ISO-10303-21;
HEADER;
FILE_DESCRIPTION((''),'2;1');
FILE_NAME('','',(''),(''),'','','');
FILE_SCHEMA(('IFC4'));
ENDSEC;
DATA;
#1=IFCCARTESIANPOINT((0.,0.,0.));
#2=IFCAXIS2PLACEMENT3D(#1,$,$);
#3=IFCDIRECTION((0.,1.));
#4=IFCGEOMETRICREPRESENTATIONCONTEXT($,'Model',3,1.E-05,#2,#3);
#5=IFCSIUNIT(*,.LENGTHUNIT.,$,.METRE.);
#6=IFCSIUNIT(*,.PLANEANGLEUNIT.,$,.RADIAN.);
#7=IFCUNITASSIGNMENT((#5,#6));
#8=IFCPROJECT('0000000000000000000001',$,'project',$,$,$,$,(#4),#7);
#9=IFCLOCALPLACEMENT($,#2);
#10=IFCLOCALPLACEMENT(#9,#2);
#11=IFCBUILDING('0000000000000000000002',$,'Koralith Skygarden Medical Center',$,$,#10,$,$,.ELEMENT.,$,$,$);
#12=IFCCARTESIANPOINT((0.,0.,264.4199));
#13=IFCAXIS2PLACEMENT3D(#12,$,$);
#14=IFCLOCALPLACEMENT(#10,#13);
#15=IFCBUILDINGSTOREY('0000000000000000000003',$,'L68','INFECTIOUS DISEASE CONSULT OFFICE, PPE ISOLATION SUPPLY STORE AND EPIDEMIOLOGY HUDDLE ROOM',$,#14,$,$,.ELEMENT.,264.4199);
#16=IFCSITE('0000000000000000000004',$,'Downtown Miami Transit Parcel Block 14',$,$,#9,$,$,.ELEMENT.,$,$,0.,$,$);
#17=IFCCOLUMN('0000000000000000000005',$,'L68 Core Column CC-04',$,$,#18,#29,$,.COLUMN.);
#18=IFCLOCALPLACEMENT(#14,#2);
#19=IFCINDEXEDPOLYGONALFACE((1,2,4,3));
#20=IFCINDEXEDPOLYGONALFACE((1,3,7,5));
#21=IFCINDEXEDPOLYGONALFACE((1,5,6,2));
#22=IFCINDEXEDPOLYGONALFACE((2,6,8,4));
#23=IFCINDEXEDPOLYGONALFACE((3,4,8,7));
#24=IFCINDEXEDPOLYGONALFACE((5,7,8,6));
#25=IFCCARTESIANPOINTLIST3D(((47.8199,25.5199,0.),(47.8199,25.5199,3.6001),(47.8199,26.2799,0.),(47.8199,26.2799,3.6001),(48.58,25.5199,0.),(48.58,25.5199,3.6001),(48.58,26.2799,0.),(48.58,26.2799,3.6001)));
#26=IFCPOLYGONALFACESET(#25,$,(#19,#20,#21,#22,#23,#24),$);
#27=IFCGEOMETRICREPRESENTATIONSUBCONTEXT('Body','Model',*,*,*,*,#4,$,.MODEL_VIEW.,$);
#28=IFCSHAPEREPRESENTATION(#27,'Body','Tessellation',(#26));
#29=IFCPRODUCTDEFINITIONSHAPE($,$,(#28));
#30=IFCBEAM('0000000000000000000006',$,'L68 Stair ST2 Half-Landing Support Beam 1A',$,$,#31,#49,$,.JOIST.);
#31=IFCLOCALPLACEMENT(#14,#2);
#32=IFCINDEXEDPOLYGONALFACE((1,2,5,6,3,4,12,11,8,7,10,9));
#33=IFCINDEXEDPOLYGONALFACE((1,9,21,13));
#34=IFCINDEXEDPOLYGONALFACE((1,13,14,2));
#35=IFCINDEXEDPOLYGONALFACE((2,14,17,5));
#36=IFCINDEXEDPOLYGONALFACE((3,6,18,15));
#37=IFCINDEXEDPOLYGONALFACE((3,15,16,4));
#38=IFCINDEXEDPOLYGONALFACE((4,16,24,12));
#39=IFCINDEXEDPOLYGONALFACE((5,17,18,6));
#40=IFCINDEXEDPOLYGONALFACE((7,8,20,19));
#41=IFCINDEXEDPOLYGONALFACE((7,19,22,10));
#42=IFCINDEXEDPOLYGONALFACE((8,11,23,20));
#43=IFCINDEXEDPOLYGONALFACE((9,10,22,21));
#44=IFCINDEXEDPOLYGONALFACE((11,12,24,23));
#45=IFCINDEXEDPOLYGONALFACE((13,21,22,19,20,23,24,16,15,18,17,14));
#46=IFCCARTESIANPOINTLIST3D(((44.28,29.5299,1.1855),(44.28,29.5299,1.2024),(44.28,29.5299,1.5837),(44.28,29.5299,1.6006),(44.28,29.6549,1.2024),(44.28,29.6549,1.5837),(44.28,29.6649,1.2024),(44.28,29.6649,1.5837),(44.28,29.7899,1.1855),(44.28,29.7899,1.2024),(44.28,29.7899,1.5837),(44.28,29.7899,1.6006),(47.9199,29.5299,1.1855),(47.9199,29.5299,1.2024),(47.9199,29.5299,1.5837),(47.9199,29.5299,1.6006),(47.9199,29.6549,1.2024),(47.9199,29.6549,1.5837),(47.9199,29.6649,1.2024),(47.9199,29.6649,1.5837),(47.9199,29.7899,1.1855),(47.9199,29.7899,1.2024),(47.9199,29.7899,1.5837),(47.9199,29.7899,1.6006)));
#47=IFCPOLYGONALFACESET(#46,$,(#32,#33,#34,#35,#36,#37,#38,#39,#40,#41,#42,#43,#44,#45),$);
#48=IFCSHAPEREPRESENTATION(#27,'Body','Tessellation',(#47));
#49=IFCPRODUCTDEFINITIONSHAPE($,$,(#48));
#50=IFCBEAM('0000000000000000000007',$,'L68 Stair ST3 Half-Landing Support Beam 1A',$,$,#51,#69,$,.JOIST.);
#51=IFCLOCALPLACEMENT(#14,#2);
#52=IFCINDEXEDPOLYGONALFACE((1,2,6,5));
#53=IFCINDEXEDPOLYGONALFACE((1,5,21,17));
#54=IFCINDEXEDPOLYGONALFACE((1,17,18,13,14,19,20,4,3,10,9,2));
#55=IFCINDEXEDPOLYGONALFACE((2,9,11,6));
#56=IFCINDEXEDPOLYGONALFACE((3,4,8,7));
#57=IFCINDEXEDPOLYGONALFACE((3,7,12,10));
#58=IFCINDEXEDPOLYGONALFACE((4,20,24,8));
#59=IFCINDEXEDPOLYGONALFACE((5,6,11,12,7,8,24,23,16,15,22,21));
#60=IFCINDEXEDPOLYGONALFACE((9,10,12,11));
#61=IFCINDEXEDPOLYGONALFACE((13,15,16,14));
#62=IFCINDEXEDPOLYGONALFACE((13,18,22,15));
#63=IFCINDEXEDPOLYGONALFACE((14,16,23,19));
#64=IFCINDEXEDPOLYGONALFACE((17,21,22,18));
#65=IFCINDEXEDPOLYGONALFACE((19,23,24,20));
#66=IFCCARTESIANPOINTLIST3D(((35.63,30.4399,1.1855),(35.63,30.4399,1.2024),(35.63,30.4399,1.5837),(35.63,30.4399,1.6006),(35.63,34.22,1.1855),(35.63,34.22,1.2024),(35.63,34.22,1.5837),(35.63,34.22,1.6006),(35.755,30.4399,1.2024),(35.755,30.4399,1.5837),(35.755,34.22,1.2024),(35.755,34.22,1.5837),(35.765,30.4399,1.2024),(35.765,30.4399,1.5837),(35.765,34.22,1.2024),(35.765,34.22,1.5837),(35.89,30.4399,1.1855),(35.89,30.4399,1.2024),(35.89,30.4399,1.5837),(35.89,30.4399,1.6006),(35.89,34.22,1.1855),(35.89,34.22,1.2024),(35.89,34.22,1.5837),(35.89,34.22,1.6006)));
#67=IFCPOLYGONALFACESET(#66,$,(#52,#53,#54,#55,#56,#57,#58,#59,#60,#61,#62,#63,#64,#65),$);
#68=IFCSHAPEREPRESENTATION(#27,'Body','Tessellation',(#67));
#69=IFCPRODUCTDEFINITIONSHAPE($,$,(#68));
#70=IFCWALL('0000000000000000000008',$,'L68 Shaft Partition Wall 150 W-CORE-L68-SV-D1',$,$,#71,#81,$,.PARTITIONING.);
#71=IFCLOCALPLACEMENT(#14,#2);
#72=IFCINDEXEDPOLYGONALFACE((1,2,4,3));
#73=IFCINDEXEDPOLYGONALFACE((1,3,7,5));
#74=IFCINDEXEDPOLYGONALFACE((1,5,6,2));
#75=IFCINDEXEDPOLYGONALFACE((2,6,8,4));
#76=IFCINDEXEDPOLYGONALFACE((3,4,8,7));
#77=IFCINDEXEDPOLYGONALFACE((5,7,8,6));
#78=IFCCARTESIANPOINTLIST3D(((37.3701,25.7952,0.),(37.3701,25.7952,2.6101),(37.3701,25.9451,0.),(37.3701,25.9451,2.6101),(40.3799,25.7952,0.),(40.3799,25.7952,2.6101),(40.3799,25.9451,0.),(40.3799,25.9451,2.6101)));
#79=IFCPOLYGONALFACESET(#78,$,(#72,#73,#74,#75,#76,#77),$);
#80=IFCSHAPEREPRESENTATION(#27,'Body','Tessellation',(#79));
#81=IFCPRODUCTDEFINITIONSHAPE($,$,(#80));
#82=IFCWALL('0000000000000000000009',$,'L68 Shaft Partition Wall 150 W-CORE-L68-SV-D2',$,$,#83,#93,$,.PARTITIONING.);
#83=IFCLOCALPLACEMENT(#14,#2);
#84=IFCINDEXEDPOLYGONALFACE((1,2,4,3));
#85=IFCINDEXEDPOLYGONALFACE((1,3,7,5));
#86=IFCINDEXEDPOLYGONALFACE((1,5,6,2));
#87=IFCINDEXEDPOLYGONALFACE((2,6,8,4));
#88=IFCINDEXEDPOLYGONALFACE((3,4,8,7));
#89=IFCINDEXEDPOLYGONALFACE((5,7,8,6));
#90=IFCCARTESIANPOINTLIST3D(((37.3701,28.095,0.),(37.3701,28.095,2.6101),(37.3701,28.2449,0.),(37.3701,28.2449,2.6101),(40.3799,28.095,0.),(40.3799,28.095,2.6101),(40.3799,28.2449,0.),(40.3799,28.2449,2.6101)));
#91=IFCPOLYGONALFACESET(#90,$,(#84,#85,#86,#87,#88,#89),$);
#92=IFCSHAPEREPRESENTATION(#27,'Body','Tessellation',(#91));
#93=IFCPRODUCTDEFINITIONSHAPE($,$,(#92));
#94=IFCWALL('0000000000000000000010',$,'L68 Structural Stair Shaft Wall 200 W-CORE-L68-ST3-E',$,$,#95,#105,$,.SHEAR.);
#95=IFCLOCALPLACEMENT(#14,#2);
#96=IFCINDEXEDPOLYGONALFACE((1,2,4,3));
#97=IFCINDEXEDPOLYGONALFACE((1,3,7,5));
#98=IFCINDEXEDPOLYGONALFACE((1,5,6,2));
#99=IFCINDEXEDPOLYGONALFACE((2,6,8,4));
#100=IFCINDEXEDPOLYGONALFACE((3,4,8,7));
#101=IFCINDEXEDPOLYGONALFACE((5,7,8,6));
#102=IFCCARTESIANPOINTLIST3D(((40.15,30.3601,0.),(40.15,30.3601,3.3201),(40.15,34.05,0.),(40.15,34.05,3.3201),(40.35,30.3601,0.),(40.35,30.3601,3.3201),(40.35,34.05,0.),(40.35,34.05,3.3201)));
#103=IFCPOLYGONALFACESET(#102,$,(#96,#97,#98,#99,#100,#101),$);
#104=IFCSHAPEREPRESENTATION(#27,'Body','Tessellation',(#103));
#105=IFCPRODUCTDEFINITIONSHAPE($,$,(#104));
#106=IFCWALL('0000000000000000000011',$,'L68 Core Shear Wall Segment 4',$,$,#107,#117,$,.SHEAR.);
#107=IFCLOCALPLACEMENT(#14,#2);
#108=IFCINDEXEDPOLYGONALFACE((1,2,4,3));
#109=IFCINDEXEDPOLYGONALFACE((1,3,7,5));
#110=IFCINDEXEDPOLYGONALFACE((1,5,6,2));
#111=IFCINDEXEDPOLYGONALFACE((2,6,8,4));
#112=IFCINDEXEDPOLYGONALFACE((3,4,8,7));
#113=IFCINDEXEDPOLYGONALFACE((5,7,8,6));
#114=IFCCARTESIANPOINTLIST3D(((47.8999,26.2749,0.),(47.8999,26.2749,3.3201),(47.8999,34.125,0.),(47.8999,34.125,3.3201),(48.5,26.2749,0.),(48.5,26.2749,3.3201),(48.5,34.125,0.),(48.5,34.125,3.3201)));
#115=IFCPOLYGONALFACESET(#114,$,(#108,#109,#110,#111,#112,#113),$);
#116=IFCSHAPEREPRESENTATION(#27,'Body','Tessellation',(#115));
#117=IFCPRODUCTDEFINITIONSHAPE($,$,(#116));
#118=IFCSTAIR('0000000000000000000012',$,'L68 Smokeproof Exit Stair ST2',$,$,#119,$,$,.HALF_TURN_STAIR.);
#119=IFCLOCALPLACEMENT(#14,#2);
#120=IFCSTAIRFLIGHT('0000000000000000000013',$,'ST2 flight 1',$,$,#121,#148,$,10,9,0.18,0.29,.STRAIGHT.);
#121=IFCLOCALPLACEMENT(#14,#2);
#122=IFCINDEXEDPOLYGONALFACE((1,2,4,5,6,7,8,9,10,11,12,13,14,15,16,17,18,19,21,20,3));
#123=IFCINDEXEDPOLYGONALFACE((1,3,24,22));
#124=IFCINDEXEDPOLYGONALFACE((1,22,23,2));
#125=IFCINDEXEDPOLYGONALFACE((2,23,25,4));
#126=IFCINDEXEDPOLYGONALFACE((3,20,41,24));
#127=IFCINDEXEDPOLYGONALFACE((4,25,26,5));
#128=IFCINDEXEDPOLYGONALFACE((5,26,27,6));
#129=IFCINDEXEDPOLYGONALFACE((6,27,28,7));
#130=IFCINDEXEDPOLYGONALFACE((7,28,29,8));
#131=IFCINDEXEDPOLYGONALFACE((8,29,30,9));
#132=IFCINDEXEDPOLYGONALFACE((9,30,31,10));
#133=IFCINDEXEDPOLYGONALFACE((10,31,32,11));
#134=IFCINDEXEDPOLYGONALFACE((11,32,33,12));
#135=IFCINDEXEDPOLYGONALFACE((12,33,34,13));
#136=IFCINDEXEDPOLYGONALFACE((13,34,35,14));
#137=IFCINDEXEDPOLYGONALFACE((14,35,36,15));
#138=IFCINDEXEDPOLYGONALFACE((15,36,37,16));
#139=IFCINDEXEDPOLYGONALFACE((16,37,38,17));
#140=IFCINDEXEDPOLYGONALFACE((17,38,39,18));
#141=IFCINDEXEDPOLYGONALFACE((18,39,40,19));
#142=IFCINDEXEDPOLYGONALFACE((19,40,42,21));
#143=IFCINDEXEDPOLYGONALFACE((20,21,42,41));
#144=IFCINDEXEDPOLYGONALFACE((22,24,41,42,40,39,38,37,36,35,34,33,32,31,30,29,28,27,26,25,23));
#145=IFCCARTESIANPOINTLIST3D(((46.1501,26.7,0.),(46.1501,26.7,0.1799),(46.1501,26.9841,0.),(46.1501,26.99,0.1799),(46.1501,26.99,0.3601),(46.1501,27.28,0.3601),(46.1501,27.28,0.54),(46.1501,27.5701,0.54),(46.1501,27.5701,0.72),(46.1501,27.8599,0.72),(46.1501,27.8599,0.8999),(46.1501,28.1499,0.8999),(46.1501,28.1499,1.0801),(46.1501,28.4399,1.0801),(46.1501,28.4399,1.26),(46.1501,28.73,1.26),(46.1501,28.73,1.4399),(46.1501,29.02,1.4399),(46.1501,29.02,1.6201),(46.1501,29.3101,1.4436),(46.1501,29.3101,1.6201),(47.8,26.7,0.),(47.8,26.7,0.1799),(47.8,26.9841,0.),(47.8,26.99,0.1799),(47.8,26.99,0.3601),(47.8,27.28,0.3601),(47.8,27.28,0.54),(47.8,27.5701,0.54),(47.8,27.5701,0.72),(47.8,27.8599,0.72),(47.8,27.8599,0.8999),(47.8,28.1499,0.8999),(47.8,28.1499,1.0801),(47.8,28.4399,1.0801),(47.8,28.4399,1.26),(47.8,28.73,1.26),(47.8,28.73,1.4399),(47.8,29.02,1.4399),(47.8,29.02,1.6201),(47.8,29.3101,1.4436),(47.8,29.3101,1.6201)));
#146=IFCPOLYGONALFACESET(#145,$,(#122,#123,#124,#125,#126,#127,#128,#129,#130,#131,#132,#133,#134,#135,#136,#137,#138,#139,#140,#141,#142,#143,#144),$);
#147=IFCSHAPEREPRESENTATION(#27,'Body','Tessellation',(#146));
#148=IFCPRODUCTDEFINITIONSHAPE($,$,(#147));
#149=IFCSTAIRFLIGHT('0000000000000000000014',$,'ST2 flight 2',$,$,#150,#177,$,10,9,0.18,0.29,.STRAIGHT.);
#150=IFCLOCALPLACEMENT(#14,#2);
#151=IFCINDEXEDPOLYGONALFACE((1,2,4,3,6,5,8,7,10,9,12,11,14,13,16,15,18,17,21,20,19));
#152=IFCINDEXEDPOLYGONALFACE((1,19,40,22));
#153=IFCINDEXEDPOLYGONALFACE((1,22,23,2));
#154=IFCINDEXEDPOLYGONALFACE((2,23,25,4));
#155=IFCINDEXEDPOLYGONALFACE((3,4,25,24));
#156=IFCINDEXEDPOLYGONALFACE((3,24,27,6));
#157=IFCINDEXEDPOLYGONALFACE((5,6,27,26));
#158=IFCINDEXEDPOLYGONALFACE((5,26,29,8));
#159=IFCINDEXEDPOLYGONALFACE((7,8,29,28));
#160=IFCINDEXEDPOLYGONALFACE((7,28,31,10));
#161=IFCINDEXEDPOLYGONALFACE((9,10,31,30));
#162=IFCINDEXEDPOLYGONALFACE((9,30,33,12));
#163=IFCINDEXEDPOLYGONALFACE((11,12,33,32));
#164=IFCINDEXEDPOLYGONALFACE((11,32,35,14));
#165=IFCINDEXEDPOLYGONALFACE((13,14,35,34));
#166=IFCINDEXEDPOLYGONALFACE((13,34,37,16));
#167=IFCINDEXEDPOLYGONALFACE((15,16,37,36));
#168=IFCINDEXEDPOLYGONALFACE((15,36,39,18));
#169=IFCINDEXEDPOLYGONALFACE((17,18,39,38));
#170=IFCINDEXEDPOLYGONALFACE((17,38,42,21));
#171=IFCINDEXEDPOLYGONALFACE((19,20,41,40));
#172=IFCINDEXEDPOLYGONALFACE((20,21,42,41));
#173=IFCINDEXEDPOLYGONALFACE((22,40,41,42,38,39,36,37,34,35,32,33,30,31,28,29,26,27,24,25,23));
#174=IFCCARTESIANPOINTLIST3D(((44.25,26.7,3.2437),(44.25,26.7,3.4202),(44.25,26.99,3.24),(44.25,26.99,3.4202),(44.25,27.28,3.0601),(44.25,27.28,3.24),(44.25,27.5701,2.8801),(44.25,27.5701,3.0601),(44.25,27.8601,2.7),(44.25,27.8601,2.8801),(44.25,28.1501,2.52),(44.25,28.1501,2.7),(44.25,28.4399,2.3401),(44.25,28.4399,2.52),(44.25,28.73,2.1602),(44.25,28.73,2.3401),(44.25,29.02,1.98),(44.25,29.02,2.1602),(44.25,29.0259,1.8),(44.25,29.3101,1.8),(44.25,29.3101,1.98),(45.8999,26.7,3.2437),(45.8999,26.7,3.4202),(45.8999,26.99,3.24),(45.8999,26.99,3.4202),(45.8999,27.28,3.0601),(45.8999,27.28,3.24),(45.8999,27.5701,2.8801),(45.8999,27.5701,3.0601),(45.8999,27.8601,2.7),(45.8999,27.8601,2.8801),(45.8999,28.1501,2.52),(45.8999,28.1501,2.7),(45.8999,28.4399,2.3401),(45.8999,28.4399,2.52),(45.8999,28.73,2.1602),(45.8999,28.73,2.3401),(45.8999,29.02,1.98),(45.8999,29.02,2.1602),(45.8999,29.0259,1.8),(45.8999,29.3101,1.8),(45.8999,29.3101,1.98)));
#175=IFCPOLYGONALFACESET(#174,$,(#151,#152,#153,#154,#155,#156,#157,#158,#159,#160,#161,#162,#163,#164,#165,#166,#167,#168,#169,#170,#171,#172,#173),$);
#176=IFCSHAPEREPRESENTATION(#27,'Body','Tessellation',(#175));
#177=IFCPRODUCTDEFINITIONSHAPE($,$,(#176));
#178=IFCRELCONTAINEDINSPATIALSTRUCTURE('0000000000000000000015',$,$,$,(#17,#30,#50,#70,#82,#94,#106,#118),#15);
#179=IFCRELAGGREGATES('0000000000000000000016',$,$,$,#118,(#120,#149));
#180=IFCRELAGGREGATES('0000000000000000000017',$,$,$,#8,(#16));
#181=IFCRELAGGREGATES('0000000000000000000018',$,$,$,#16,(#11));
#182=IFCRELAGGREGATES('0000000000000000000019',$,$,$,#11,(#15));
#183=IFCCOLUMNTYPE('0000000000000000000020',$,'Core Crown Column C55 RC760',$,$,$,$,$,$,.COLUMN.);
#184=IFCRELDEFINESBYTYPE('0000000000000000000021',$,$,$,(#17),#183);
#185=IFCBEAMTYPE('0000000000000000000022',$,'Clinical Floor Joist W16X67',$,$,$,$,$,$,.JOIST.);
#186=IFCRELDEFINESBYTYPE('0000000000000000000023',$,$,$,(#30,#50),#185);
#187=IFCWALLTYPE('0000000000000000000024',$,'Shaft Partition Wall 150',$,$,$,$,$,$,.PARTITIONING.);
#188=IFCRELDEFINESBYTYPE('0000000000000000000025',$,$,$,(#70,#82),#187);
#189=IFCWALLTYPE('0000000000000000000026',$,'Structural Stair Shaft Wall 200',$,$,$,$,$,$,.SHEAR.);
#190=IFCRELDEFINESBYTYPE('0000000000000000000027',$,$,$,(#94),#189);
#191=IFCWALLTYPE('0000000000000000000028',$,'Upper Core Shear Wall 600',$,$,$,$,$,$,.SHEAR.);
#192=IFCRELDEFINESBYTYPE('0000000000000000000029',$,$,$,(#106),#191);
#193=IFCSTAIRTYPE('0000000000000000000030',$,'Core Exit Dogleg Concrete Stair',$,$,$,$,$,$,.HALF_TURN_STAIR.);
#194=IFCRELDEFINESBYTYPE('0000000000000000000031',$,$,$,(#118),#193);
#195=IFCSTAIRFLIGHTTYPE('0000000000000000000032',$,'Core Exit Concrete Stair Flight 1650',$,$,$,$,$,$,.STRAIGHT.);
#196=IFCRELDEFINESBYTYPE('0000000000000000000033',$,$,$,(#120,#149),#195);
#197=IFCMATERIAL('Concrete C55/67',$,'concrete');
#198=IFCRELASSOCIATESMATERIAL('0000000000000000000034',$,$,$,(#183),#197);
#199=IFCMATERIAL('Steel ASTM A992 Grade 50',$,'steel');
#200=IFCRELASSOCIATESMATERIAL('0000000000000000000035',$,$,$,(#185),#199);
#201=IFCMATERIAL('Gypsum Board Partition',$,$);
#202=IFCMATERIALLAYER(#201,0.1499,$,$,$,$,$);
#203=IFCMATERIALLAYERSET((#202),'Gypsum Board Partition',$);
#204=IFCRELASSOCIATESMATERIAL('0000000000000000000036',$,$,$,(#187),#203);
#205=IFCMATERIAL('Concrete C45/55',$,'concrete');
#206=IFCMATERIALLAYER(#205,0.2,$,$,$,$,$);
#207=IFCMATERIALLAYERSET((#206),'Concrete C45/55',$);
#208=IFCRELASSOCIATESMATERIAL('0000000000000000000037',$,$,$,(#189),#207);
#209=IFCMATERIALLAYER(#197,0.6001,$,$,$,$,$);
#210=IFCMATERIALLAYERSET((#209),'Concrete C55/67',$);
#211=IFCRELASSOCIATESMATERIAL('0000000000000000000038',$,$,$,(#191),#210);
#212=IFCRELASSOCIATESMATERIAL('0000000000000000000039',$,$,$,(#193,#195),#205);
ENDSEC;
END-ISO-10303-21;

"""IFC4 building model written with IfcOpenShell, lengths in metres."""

from ifc_helpers import new_model, si_unit, direction, frame, frame_2d, origin, origin_2d, place, context, subcontext, project, spatial, polyline, rectangle, i_section, outline, extrude, material, layer, layer_set, material_profile, profile_set, type_object, element, aggregate, save


model = new_model("IFC4")

# Units and contexts
model_context = context("Model", 3, precision=1e-05, world=origin(), true_north=direction((0.0, 1.0)))
body_context = subcontext(model_context, "Body", "Model", "MODEL_VIEW")
ifc_project = project(units=[si_unit("LENGTHUNIT", "METRE"), si_unit("PLANEANGLEUNIT", "RADIAN")], contexts=[model_context])

# Site, building, storey
site_placement = place(None, origin())
site = spatial("IfcSite", under=ifc_project, at=site_placement, Name="Downtown Miami Transit Parcel Block 14", CompositionType="ELEMENT", RefElevation=0.0)
building_placement = place(site_placement, origin())
building = spatial("IfcBuilding", under=site, at=building_placement, Name="Koralith Skygarden Medical Center", CompositionType="ELEMENT")
storey_placement = place(building_placement, frame((0.0, 0.0, 264.4199)))
storey = spatial("IfcBuildingStorey", under=building, at=storey_placement, Name="L68", Description="INFECTIOUS DISEASE CONSULT OFFICE, PPE ISOLATION SUPPLY STORE AND EPIDEMIOLOGY HUDDLE ROOM", CompositionType="ELEMENT", Elevation=264.4199)

# Column
ifc_material_1 = material(Name="Concrete C55/67", Category="concrete")
ifc_material_profile_1 = material_profile(ifc_material_1, rectangle(XDim=0.76, YDim=0.76, at=origin_2d()), Name="RC760X760")
ifc_profile_set_1 = profile_set([ifc_material_profile_1], Name="Concrete C55/67")
column_type = type_object("IfcColumnType", Name="Core Crown Column C55 RC760", PredefinedType="COLUMN", material=ifc_profile_set_1)
column_placement = place(storey_placement, frame((48.2, 25.8999, 0.0), z_axis=(0.0, 0.0, 1.0), x_axis=(1.0, 0.0, 0.0)))
element("IfcColumn", 1, at=column_placement, inside=storey, type_object=column_type, Name="L68 Core Column CC-04", PredefinedType="COLUMN", context=body_context, shape_type="SweptSolid", body=[
    extrude(rectangle(XDim=0.76, YDim=0.76, at=origin_2d()), origin(), (0.0, 0.0, 1.0), 3.6001),
])

# Beams
ifc_material_2 = material(Name="Steel ASTM A992 Grade 50", Category="steel")
ifc_material_profile_2 = material_profile(ifc_material_2, i_section(OverallWidth=0.26, OverallDepth=0.415, WebThickness=0.01, FlangeThickness=0.0168, at=origin_2d()), Name="W16X67")
ifc_profile_set_2 = profile_set([ifc_material_profile_2], Name="Steel ASTM A992 Grade 50")
beam_type = type_object("IfcBeamType", Name="Clinical Floor Joist W16X67", PredefinedType="JOIST", material=ifc_profile_set_2)
beam_1_placement = place(storey_placement, frame((44.28, 29.6599, 1.3931), z_axis=(1.0, 0.0, 0.0), x_axis=(0.0, 1.0, 0.0)))
element("IfcBeam", 2, at=beam_1_placement, inside=storey, type_object=beam_type, Name="L68 Stair ST2 Half-Landing Support Beam 1A", PredefinedType="JOIST", context=body_context, shape_type="SweptSolid", body=[
    extrude(i_section(OverallWidth=0.26, OverallDepth=0.415, WebThickness=0.01, FlangeThickness=0.0168, at=origin_2d()), origin(), (0.0, 0.0, 1.0), 3.6399),
])
beam_2_placement = place(storey_placement, frame((35.76, 30.4399, 1.3931), z_axis=(0.0, 1.0, 0.0), x_axis=(-1.0, 0.0, 0.0)))
element("IfcBeam", 3, at=beam_2_placement, inside=storey, type_object=beam_type, Name="L68 Stair ST3 Half-Landing Support Beam 1A", PredefinedType="JOIST", context=body_context, shape_type="SweptSolid", body=[
    extrude(i_section(OverallWidth=0.26, OverallDepth=0.415, WebThickness=0.01, FlangeThickness=0.0168, at=origin_2d()), origin(), (0.0, 0.0, 1.0), 3.78),
])

# Walls
ifc_material_3 = material(Name="Gypsum Board Partition")
ifc_layer_1 = layer(ifc_material_3, 0.1499)
ifc_layer_set_1 = layer_set([ifc_layer_1], Name="Gypsum Board Partition")
wall_type_1 = type_object("IfcWallType", Name="Shaft Partition Wall 150", PredefinedType="PARTITIONING", material=ifc_layer_set_1)
for number, where, z_axis, x_axis, name in (
    (4, (37.3701, 25.8701, 0.0), (0.0, 0.0, 1.0), (1.0, 0.0, 0.0), "L68 Shaft Partition Wall 150 W-CORE-L68-SV-D1"),
    (5, (37.3701, 28.1699, 0.0), (0.0, 0.0, 1.0), (1.0, 0.0, 0.0), "L68 Shaft Partition Wall 150 W-CORE-L68-SV-D2"),
):
    element("IfcWall", number, at=place(storey_placement, frame(where, z_axis=z_axis, x_axis=x_axis)), inside=storey, type_object=wall_type_1, Name=name, PredefinedType="PARTITIONING", context=body_context, shape_type="SweptSolid", body=[
        extrude(rectangle(XDim=3.0098, YDim=0.1499, at=frame_2d((1.5049, 0.0))), origin(), (0.0, 0.0, 1.0), 2.6101),
    ])
ifc_material_4 = material(Name="Concrete C45/55", Category="concrete")
ifc_layer_2 = layer(ifc_material_4, 0.2)
ifc_layer_set_2 = layer_set([ifc_layer_2], Name="Concrete C45/55")
wall_type_2 = type_object("IfcWallType", Name="Structural Stair Shaft Wall 200", PredefinedType="SHEAR", material=ifc_layer_set_2)
wall_1_placement = place(storey_placement, frame((40.25, 30.3601, 0.0), z_axis=(0.0, 0.0, 1.0), x_axis=(0.0, 1.0, 0.0)))
element("IfcWall", 6, at=wall_1_placement, inside=storey, type_object=wall_type_2, Name="L68 Structural Stair Shaft Wall 200 W-CORE-L68-ST3-E", PredefinedType="SHEAR", context=body_context, shape_type="SweptSolid", body=[
    extrude(rectangle(XDim=3.6899, YDim=0.2, at=frame_2d((1.845, 0.0))), origin(), (0.0, 0.0, 1.0), 3.3201),
])
ifc_layer_3 = layer(ifc_material_1, 0.6001)
ifc_layer_set_3 = layer_set([ifc_layer_3], Name="Concrete C55/67")
wall_type_3 = type_object("IfcWallType", Name="Upper Core Shear Wall 600", PredefinedType="SHEAR", material=ifc_layer_set_3)
wall_2_placement = place(storey_placement, frame((48.2, 26.2749, 0.0), z_axis=(0.0, 0.0, 1.0), x_axis=(0.0, 1.0, 0.0)))
element("IfcWall", 7, at=wall_2_placement, inside=storey, type_object=wall_type_3, Name="L68 Core Shear Wall Segment 4", PredefinedType="SHEAR", context=body_context, shape_type="SweptSolid", body=[
    extrude(rectangle(XDim=7.8501, YDim=0.6001, at=frame_2d((3.925, 0.0))), origin(), (0.0, 0.0, 1.0), 3.3201),
])

# Stair, stair flights
stair_type = type_object("IfcStairType", Name="Core Exit Dogleg Concrete Stair", PredefinedType="HALF_TURN_STAIR", material=ifc_material_4)
stair_1_placement = place(storey_placement, origin())
stair_1 = element("IfcStair", 8, at=stair_1_placement, inside=storey, type_object=stair_type, Name="L68 Smokeproof Exit Stair ST2", PredefinedType="HALF_TURN_STAIR")
stair_flight_type = type_object("IfcStairFlightType", Name="Core Exit Concrete Stair Flight 1650", PredefinedType="STRAIGHT", material=ifc_material_4)
stair_flight_1_placement = place(storey_placement, frame((46.9751, 26.7, 0.0), z_axis=(0.0, 0.0, 1.0), x_axis=(0.0, 1.0, 0.0)))
stair_flight_1 = element("IfcStairFlight", 9, at=stair_flight_1_placement, type_object=stair_flight_type, Name="ST2 flight 1", NumberOfRisers=10, NumberOfTreads=9, PredefinedType="STRAIGHT", RiserHeight=0.18, TreadLength=0.29, context=body_context, shape_type="SweptSolid", body=[
    extrude(outline(polyline([(0.0, 0.0), (0.0, 0.1799), (0.29, 0.1799), (0.29, 0.3601), (0.5801, 0.3601), (0.5801, 0.54), (0.8701, 0.54), (0.8701, 0.72), (1.1599, 0.72), (1.1599, 0.8999), (1.45, 0.8999), (1.45, 1.0801), (1.74, 1.0801), (1.74, 1.26), (2.03, 1.26), (2.03, 1.4399), (2.3201, 1.4399), (2.3201, 1.6201), (2.6101, 1.6201), (2.6101, 1.8), (2.6101, 1.4436), (0.2842, 0.0), (0.0, 0.0)])), frame((0.0, 0.825, 0.0), z_axis=(0.0, -1.0, 0.0), x_axis=(1.0, 0.0, 0.0)), (0.0, 0.0, 1.0), 1.6499),
])
stair_flight_2_placement = place(storey_placement, frame((45.075, 29.3101, 1.8), z_axis=(0.0, 0.0, 1.0), x_axis=(0.0, -1.0, 0.0)))
stair_flight_2 = element("IfcStairFlight", 10, at=stair_flight_2_placement, type_object=stair_flight_type, Name="ST2 flight 2", NumberOfRisers=10, NumberOfTreads=9, PredefinedType="STRAIGHT", RiserHeight=0.18, TreadLength=0.29, context=body_context, shape_type="SweptSolid", body=[
    extrude(outline(polyline([(0.0, 0.0), (0.0, 0.1799), (0.29, 0.1799), (0.29, 0.3601), (0.5801, 0.3601), (0.5801, 0.54), (0.8701, 0.54), (0.8701, 0.72), (1.1599, 0.72), (1.1599, 0.8999), (1.45, 0.8999), (1.45, 1.0801), (1.74, 1.0801), (1.74, 1.26), (2.03, 1.26), (2.03, 1.4399), (2.3201, 1.4399), (2.3201, 1.6201), (2.6101, 1.6201), (2.6101, 1.8), (2.6101, 1.4436), (0.2842, 0.0), (0.0, 0.0)])), frame((0.0, 0.825, 0.0), z_axis=(0.0, -1.0, 0.0), x_axis=(1.0, 0.0, 0.0)), (0.0, 0.0, 1.0), 1.6499),
])
aggregate(stair_1, [stair_flight_1, stair_flight_2])

save(model, "model.ifc")
